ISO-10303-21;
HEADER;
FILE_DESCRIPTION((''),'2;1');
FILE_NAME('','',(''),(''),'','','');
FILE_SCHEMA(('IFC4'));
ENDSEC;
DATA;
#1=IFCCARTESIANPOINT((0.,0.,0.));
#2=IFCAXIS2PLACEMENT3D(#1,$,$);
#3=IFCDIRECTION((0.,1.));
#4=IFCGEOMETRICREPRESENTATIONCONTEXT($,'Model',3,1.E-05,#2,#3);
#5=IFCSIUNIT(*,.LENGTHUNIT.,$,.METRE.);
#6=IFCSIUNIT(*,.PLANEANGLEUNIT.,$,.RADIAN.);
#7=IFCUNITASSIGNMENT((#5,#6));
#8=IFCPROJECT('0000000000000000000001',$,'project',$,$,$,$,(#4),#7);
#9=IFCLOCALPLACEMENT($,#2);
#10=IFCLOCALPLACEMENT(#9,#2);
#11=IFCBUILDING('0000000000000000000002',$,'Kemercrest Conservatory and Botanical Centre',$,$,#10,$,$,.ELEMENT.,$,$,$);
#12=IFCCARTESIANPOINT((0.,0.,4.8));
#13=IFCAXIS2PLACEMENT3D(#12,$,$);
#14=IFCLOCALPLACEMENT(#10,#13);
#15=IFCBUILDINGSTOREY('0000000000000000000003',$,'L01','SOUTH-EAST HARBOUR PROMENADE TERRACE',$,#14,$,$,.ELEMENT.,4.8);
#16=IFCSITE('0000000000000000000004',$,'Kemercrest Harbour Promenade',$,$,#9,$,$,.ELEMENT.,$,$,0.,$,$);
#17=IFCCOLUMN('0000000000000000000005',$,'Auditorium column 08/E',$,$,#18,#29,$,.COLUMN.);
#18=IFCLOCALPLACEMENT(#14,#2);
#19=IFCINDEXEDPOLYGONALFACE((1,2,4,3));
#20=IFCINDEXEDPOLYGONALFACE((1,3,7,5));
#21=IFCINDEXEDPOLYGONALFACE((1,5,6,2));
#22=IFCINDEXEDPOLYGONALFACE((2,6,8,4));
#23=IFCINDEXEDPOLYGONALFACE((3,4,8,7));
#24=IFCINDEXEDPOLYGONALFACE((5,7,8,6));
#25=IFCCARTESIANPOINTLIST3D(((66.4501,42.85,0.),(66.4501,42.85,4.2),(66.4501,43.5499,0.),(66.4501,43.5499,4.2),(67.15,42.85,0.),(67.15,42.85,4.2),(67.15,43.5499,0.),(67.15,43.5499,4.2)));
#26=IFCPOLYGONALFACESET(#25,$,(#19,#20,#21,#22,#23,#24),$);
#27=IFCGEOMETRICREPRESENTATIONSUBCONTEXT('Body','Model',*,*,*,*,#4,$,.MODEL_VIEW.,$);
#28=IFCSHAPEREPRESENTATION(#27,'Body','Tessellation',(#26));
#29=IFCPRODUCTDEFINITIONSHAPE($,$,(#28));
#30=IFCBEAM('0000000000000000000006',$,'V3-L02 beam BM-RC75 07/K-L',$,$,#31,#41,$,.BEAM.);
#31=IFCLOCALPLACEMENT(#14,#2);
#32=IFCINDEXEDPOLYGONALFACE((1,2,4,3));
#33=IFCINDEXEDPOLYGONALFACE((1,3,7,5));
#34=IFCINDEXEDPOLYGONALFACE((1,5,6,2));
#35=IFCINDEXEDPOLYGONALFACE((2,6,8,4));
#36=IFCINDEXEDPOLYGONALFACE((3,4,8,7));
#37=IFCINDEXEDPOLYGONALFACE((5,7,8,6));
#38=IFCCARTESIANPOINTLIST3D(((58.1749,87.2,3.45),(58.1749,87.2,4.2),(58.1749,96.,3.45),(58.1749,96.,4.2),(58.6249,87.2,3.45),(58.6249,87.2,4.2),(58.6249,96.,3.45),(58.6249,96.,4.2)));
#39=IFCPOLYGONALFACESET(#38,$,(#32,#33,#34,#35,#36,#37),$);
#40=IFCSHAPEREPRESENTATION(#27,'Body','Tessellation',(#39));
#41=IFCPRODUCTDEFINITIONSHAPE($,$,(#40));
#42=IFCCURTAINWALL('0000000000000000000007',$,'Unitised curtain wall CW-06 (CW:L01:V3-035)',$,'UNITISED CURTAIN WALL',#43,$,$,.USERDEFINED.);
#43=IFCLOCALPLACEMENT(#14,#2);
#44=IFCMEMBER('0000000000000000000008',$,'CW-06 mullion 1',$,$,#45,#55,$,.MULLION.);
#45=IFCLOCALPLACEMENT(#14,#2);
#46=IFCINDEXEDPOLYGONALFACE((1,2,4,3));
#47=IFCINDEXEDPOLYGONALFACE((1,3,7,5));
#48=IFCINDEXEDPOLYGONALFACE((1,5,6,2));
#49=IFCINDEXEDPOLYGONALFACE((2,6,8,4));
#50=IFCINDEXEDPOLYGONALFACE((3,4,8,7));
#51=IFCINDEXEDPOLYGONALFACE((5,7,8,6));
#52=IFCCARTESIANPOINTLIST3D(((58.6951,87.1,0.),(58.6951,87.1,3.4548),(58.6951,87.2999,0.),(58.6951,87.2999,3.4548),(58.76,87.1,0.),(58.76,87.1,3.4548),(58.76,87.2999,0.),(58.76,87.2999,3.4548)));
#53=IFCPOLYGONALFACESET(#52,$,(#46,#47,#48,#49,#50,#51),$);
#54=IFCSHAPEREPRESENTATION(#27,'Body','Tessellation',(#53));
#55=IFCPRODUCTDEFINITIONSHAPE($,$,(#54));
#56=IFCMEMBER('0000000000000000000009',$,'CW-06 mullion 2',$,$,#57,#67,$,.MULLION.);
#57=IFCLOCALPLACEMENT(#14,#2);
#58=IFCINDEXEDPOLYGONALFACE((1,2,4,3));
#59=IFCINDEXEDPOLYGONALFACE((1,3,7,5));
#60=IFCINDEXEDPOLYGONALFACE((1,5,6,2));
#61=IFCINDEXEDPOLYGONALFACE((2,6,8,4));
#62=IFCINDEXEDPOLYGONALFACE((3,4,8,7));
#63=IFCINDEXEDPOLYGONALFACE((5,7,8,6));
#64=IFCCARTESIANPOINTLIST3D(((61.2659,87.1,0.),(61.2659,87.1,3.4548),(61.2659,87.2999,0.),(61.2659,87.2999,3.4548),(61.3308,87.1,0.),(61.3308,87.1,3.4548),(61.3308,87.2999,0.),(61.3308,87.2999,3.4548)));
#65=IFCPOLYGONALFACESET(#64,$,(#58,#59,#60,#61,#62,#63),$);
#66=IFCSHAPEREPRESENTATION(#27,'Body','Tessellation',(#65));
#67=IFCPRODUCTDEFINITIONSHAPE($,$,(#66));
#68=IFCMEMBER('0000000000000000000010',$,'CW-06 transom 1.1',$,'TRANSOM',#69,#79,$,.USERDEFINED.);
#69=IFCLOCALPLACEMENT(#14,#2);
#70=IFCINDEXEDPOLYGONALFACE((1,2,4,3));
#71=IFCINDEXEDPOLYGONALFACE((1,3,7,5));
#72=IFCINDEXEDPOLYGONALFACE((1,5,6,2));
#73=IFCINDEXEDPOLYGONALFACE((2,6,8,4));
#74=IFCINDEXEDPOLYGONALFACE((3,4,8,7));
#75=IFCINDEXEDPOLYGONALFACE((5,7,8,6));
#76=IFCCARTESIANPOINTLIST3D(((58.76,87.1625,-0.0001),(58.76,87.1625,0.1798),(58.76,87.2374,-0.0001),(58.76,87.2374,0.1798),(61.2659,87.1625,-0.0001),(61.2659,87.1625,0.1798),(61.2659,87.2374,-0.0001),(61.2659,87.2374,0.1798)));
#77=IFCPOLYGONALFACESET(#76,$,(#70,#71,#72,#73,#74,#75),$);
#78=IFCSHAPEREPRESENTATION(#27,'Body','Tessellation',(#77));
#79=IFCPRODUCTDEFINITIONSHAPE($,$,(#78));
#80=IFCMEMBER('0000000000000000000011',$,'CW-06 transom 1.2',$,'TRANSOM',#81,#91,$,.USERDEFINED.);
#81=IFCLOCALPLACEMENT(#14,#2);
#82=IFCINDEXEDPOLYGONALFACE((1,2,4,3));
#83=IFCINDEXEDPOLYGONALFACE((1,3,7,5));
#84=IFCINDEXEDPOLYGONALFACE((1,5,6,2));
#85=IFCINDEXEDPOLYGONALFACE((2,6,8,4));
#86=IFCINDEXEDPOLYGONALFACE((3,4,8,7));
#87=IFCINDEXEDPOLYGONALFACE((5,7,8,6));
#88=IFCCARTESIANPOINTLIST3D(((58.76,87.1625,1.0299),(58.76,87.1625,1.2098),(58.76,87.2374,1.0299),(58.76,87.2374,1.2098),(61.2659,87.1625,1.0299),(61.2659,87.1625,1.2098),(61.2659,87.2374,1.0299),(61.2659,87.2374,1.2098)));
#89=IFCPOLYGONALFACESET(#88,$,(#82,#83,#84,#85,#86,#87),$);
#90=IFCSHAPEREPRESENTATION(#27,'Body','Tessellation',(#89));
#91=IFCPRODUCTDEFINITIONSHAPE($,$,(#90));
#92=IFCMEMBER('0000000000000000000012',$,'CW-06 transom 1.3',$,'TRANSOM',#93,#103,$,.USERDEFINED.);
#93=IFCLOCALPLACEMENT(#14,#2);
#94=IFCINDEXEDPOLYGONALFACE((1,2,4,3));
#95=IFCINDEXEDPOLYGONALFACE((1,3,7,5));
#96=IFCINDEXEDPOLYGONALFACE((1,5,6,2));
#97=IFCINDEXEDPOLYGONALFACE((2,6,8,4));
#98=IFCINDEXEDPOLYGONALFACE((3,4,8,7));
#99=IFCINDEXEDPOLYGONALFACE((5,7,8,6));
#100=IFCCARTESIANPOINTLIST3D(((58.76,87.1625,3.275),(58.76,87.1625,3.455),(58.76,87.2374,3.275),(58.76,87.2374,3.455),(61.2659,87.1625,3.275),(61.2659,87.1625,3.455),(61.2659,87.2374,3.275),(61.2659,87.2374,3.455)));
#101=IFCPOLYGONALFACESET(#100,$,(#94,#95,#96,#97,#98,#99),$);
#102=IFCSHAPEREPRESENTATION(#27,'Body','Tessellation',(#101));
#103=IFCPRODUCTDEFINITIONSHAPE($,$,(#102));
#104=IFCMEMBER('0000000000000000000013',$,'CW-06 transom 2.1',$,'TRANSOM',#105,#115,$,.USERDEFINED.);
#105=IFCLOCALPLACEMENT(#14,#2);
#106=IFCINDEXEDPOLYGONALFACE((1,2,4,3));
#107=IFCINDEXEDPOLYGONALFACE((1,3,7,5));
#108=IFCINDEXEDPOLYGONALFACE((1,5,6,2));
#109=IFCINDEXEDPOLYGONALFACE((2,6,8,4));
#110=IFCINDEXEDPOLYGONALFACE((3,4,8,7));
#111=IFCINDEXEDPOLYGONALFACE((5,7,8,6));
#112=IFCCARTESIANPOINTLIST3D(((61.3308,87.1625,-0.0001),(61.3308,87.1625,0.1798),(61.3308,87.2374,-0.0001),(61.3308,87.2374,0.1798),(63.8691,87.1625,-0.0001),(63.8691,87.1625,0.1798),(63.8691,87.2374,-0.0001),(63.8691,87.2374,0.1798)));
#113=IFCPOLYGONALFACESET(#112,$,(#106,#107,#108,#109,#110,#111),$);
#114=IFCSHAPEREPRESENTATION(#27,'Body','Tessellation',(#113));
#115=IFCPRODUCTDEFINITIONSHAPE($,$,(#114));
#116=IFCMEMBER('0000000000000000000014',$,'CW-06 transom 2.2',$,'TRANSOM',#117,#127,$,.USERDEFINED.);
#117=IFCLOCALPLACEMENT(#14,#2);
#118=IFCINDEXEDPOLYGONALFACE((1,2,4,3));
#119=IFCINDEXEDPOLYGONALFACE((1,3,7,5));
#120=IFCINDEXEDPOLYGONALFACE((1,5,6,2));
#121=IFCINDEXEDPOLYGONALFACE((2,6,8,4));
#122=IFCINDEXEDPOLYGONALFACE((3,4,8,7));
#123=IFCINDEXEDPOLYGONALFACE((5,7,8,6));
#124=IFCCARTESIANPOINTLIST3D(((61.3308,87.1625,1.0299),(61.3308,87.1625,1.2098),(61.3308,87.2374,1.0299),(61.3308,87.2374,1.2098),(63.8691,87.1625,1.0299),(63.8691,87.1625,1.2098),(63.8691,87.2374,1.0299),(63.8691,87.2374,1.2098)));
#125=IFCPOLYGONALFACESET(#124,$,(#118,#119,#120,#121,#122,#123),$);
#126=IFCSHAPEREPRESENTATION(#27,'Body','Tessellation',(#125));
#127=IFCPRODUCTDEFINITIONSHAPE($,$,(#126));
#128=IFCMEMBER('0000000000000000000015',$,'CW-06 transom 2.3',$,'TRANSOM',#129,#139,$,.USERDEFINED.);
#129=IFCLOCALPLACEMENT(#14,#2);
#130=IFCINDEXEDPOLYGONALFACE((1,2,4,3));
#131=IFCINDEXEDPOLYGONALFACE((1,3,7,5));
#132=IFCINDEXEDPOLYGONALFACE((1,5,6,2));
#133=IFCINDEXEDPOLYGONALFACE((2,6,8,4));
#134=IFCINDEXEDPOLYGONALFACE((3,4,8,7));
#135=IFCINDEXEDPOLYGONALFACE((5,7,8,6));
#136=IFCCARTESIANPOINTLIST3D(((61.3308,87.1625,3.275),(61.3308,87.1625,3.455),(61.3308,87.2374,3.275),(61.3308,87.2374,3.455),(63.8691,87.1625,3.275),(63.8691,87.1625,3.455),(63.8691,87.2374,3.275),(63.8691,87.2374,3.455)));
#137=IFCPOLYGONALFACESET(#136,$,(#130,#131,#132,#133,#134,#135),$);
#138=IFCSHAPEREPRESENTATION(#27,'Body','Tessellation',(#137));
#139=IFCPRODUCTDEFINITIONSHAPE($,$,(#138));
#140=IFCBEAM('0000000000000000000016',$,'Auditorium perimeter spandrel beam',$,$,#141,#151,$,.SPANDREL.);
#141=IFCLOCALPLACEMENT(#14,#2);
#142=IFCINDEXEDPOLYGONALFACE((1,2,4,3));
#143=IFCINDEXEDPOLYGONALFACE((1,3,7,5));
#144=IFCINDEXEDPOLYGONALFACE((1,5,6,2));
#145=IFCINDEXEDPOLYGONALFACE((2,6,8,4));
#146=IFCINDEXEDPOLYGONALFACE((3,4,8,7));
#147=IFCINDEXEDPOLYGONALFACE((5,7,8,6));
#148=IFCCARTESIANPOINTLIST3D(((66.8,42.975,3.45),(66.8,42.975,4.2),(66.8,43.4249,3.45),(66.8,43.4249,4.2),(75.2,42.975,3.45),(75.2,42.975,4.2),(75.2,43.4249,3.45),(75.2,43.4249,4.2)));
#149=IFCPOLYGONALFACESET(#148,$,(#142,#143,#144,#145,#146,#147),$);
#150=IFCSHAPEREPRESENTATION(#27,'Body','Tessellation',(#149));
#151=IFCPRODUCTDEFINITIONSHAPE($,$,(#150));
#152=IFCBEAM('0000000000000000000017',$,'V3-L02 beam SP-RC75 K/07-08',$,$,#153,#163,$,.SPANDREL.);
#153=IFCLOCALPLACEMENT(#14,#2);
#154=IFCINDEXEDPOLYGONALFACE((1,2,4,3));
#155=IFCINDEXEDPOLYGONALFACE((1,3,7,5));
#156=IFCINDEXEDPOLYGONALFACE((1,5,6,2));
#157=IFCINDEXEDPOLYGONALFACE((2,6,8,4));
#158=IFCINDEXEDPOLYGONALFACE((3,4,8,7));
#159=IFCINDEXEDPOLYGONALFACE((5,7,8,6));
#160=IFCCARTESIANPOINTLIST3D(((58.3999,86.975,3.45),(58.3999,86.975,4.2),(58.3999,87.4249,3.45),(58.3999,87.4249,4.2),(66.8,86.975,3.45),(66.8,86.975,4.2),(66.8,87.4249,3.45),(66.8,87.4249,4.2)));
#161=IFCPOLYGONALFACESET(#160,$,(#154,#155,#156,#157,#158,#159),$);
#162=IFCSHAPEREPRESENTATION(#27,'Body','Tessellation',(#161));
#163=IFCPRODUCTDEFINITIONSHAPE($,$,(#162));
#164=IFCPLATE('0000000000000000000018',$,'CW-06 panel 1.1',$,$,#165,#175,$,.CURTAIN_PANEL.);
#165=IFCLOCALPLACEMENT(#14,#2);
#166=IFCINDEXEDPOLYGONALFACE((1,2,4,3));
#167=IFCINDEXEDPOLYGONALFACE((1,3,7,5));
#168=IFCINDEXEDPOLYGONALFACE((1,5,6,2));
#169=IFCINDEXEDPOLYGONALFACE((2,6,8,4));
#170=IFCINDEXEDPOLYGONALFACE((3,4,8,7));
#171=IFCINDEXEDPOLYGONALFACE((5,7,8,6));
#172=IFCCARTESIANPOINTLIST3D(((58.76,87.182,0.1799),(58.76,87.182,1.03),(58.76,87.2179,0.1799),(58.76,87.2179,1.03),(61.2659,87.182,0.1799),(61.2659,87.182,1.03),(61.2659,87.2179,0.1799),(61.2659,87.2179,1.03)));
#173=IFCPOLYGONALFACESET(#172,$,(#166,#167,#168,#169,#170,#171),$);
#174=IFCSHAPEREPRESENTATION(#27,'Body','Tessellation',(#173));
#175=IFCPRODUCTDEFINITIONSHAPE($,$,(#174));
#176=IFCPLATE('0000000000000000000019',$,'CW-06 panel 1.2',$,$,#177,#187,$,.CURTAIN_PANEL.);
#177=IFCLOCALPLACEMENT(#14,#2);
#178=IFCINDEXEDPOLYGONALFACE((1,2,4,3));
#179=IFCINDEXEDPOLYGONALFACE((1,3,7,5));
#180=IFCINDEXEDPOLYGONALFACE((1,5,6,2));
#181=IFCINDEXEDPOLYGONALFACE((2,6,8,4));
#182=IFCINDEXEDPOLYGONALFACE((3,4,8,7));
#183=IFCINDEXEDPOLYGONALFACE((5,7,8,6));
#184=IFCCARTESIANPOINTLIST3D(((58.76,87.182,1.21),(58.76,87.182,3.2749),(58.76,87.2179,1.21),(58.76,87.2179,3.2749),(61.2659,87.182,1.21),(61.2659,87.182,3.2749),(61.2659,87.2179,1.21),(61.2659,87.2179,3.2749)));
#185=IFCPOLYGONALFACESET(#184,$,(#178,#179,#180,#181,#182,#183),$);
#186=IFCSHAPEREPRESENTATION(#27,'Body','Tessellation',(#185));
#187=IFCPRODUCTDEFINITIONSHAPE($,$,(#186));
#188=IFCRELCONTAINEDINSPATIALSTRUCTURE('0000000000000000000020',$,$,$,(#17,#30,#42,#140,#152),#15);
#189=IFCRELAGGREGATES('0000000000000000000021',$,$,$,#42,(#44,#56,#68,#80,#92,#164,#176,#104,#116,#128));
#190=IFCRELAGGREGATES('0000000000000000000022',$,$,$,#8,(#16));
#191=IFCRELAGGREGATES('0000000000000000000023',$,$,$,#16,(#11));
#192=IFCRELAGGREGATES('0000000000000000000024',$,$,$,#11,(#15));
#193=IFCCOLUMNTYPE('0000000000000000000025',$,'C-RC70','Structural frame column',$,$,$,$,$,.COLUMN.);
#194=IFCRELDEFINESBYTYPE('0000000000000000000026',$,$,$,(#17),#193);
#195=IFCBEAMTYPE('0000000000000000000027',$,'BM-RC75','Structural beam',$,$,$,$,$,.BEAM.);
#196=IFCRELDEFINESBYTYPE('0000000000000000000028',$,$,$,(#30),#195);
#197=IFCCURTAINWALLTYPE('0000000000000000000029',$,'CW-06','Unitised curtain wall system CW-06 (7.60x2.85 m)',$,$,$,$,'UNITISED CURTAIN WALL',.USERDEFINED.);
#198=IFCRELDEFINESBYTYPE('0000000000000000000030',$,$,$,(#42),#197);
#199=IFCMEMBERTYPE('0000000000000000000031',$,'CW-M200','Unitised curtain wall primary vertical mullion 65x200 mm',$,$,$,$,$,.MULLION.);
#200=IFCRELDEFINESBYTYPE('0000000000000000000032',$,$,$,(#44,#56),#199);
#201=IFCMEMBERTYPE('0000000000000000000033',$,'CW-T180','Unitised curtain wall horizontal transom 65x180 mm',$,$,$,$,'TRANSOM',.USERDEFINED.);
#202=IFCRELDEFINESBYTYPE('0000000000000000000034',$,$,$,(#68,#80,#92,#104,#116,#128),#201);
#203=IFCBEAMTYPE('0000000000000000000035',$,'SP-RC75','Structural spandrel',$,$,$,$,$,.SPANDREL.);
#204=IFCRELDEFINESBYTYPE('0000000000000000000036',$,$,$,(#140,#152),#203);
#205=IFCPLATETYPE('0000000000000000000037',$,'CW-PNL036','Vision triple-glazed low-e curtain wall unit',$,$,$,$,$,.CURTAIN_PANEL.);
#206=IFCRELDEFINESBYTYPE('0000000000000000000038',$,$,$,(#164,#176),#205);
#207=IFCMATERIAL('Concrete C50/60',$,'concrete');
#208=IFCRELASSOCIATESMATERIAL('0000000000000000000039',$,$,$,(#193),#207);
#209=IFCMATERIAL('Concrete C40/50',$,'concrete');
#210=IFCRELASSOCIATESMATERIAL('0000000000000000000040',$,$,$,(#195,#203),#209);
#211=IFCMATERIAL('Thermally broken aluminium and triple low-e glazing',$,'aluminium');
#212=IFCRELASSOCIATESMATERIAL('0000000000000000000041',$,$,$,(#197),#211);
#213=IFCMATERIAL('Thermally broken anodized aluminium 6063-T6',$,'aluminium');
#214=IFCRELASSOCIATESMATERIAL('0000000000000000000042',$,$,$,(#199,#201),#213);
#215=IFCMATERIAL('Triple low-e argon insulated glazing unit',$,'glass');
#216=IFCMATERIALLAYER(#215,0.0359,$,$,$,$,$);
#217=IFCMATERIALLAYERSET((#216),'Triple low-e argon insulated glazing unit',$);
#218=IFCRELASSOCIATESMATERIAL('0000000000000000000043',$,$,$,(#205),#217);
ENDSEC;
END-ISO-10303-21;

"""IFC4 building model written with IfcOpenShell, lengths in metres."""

from ifc_helpers import new_model, si_unit, direction, frame, origin, origin_2d, place, context, subcontext, project, spatial, rectangle, extrude, material, layer, layer_set, material_profile, profile_set, type_object, element, aggregate, save


model = new_model("IFC4")

# Units and contexts
model_context = context("Model", 3, precision=1e-05, world=origin(), true_north=direction((0.0, 1.0)))
body_context = subcontext(model_context, "Body", "Model", "MODEL_VIEW")
ifc_project = project(units=[si_unit("LENGTHUNIT", "METRE"), si_unit("PLANEANGLEUNIT", "RADIAN")], contexts=[model_context])

# Site, building, storey
site_placement = place(None, origin())
site = spatial("IfcSite", under=ifc_project, at=site_placement, Name="Kemercrest Harbour Promenade", CompositionType="ELEMENT", RefElevation=0.0)
building_placement = place(site_placement, origin())
building = spatial("IfcBuilding", under=site, at=building_placement, Name="Kemercrest Conservatory and Botanical Centre", CompositionType="ELEMENT")
storey_placement = place(building_placement, frame((0.0, 0.0, 4.8)))
storey = spatial("IfcBuildingStorey", under=building, at=storey_placement, Name="L01", Description="SOUTH-EAST HARBOUR PROMENADE TERRACE", CompositionType="ELEMENT", Elevation=4.8)

# Column
ifc_material_1 = material(Name="Concrete C50/60", Category="concrete")
ifc_material_profile_1 = material_profile(ifc_material_1, rectangle(XDim=0.7, YDim=0.7, at=origin_2d()), Name="RC 700x700")
ifc_profile_set_1 = profile_set([ifc_material_profile_1], Name="Concrete C50/60")
column_type = type_object("IfcColumnType", Name="C-RC70", Description="Structural frame column", PredefinedType="COLUMN", material=ifc_profile_set_1)
column_placement = place(storey_placement, frame((66.8, 43.2, 0.0), z_axis=(0.0, 0.0, 1.0), x_axis=(1.0, 0.0, 0.0)))
element("IfcColumn", 1, at=column_placement, inside=storey, type_object=column_type, Name="Auditorium column 08/E", PredefinedType="COLUMN", context=body_context, shape_type="SweptSolid", body=[
    extrude(rectangle(XDim=0.7, YDim=0.7, at=origin_2d()), origin(), (0.0, 0.0, 1.0), 4.2),
])

# Beam
ifc_material_2 = material(Name="Concrete C40/50", Category="concrete")
ifc_material_profile_2 = material_profile(ifc_material_2, rectangle(XDim=0.45, YDim=0.75, at=origin_2d()), Name="RC 450x750")
ifc_profile_set_2 = profile_set([ifc_material_profile_2], Name="Concrete C40/50")
beam_type_1 = type_object("IfcBeamType", Name="BM-RC75", Description="Structural beam", PredefinedType="BEAM", material=ifc_profile_set_2)
beam_1_placement = place(storey_placement, frame((58.3999, 87.2, 3.825), z_axis=(0.0, 1.0, 0.0), x_axis=(-1.0, 0.0, 0.0)))
element("IfcBeam", 2, at=beam_1_placement, inside=storey, type_object=beam_type_1, Name="V3-L02 beam BM-RC75 07/K-L", PredefinedType="BEAM", context=body_context, shape_type="SweptSolid", body=[
    extrude(rectangle(XDim=0.45, YDim=0.75, at=origin_2d()), origin(), (0.0, 0.0, 1.0), 8.8),
])

# Curtain wall, members
ifc_material_3 = material(Name="Thermally broken aluminium and triple low-e glazing", Category="aluminium")
curtain_wall_type = type_object("IfcCurtainWallType", Name="CW-06", Description="Unitised curtain wall system CW-06 (7.60x2.85 m)", ElementType="UNITISED CURTAIN WALL", PredefinedType="USERDEFINED", material=ifc_material_3)
curtain_wall_placement = place(storey_placement, origin())
curtain_wall = element("IfcCurtainWall", 3, at=curtain_wall_placement, inside=storey, type_object=curtain_wall_type, Name="Unitised curtain wall CW-06 (CW:L01:V3-035)", ObjectType="UNITISED CURTAIN WALL", PredefinedType="USERDEFINED")
ifc_material_4 = material(Name="Thermally broken anodized aluminium 6063-T6", Category="aluminium")
ifc_material_profile_3 = material_profile(ifc_material_4, rectangle(XDim=0.2, YDim=0.0649, at=origin_2d()), Name="AL MULLION 65x200")
ifc_profile_set_3 = profile_set([ifc_material_profile_3], Name="Thermally broken anodized aluminium 6063-T6")
member_type_1 = type_object("IfcMemberType", Name="CW-M200", Description="Unitised curtain wall primary vertical mullion 65x200 mm", PredefinedType="MULLION", material=ifc_profile_set_3)
member_1_placement = place(storey_placement, frame((58.7275, 87.2, 0.0), z_axis=(0.0, 0.0, 1.0), x_axis=(0.0, 1.0, 0.0)))
member_1 = element("IfcMember", 4, at=member_1_placement, type_object=member_type_1, Name="CW-06 mullion 1", PredefinedType="MULLION", context=body_context, shape_type="SweptSolid", body=[
    extrude(rectangle(XDim=0.2, YDim=0.0649, at=origin_2d()), origin(), (0.0, 0.0, 1.0), 3.4548),
])
member_2_placement = place(storey_placement, frame((61.2983, 87.2, 0.0), z_axis=(0.0, 0.0, 1.0), x_axis=(0.0, 1.0, 0.0)))
member_2 = element("IfcMember", 5, at=member_2_placement, type_object=member_type_1, Name="CW-06 mullion 2", PredefinedType="MULLION", context=body_context, shape_type="SweptSolid", body=[
    extrude(rectangle(XDim=0.2, YDim=0.0649, at=origin_2d()), origin(), (0.0, 0.0, 1.0), 3.4548),
])
ifc_material_profile_4 = material_profile(ifc_material_4, rectangle(XDim=0.075, YDim=0.1799, at=origin_2d()), Name="AL TRANSOM 75x180")
ifc_profile_set_4 = profile_set([ifc_material_profile_4], Name="Thermally broken anodized aluminium 6063-T6")
member_type_2 = type_object("IfcMemberType", Name="CW-T180", Description="Unitised curtain wall horizontal transom 65x180 mm", ElementType="TRANSOM", PredefinedType="USERDEFINED", material=ifc_profile_set_4)
member_3_placement = place(storey_placement, frame((58.76, 87.2, 0.0898), z_axis=(1.0, 0.0, 0.0), x_axis=(0.0, 1.0, 0.0)))
member_3 = element("IfcMember", 6, at=member_3_placement, type_object=member_type_2, Name="CW-06 transom 1.1", ObjectType="TRANSOM", PredefinedType="USERDEFINED", context=body_context, shape_type="SweptSolid", body=[
    extrude(rectangle(XDim=0.075, YDim=0.1799, at=origin_2d()), origin(), (0.0, 0.0, 1.0), 2.5059),
])
member_4_placement = place(storey_placement, frame((58.76, 87.2, 1.1199), z_axis=(1.0, 0.0, 0.0), x_axis=(0.0, 1.0, 0.0)))
member_4 = element("IfcMember", 7, at=member_4_placement, type_object=member_type_2, Name="CW-06 transom 1.2", ObjectType="TRANSOM", PredefinedType="USERDEFINED", context=body_context, shape_type="SweptSolid", body=[
    extrude(rectangle(XDim=0.075, YDim=0.1799, at=origin_2d()), origin(), (0.0, 0.0, 1.0), 2.5059),
])
member_5_placement = place(storey_placement, frame((58.76, 87.2, 3.365), z_axis=(1.0, 0.0, 0.0), x_axis=(0.0, 1.0, 0.0)))
member_5 = element("IfcMember", 8, at=member_5_placement, type_object=member_type_2, Name="CW-06 transom 1.3", ObjectType="TRANSOM", PredefinedType="USERDEFINED", context=body_context, shape_type="SweptSolid", body=[
    extrude(rectangle(XDim=0.075, YDim=0.1799, at=origin_2d()), origin(), (0.0, 0.0, 1.0), 2.5059),
])
member_6_placement = place(storey_placement, frame((61.3308, 87.2, 0.0898), z_axis=(1.0, 0.0, 0.0), x_axis=(0.0, 1.0, 0.0)))
member_6 = element("IfcMember", 9, at=member_6_placement, type_object=member_type_2, Name="CW-06 transom 2.1", ObjectType="TRANSOM", PredefinedType="USERDEFINED", context=body_context, shape_type="SweptSolid", body=[
    extrude(rectangle(XDim=0.075, YDim=0.1799, at=origin_2d()), origin(), (0.0, 0.0, 1.0), 2.5383),
])
member_7_placement = place(storey_placement, frame((61.3308, 87.2, 1.1199), z_axis=(1.0, 0.0, 0.0), x_axis=(0.0, 1.0, 0.0)))
member_7 = element("IfcMember", 10, at=member_7_placement, type_object=member_type_2, Name="CW-06 transom 2.2", ObjectType="TRANSOM", PredefinedType="USERDEFINED", context=body_context, shape_type="SweptSolid", body=[
    extrude(rectangle(XDim=0.075, YDim=0.1799, at=origin_2d()), origin(), (0.0, 0.0, 1.0), 2.5383),
])
member_8_placement = place(storey_placement, frame((61.3308, 87.2, 3.365), z_axis=(1.0, 0.0, 0.0), x_axis=(0.0, 1.0, 0.0)))
member_8 = element("IfcMember", 11, at=member_8_placement, type_object=member_type_2, Name="CW-06 transom 2.3", ObjectType="TRANSOM", PredefinedType="USERDEFINED", context=body_context, shape_type="SweptSolid", body=[
    extrude(rectangle(XDim=0.075, YDim=0.1799, at=origin_2d()), origin(), (0.0, 0.0, 1.0), 2.5383),
])

# Beams
ifc_material_profile_5 = material_profile(ifc_material_2, rectangle(XDim=0.45, YDim=0.75, at=origin_2d()), Name="RC 450x750")
ifc_profile_set_5 = profile_set([ifc_material_profile_5], Name="Concrete C40/50")
beam_type_2 = type_object("IfcBeamType", Name="SP-RC75", Description="Structural spandrel", PredefinedType="SPANDREL", material=ifc_profile_set_5)
beam_2_placement = place(storey_placement, frame((66.8, 43.2, 3.825), z_axis=(1.0, 0.0, 0.0), x_axis=(0.0, 1.0, 0.0)))
element("IfcBeam", 12, at=beam_2_placement, inside=storey, type_object=beam_type_2, Name="Auditorium perimeter spandrel beam", PredefinedType="SPANDREL", context=body_context, shape_type="SweptSolid", body=[
    extrude(rectangle(XDim=0.45, YDim=0.75, at=origin_2d()), origin(), (0.0, 0.0, 1.0), 8.3999),
])
beam_3_placement = place(storey_placement, frame((58.3999, 87.2, 3.825), z_axis=(1.0, 0.0, 0.0), x_axis=(0.0, 1.0, 0.0)))
element("IfcBeam", 13, at=beam_3_placement, inside=storey, type_object=beam_type_2, Name="V3-L02 beam SP-RC75 K/07-08", PredefinedType="SPANDREL", context=body_context, shape_type="SweptSolid", body=[
    extrude(rectangle(XDim=0.45, YDim=0.75, at=origin_2d()), origin(), (0.0, 0.0, 1.0), 8.4001),
])

# Plates
ifc_material_5 = material(Name="Triple low-e argon insulated glazing unit", Category="glass")
ifc_layer_1 = layer(ifc_material_5, 0.0359)
ifc_layer_set_1 = layer_set([ifc_layer_1], Name="Triple low-e argon insulated glazing unit")
plate_type = type_object("IfcPlateType", Name="CW-PNL036", Description="Vision triple-glazed low-e curtain wall unit", PredefinedType="CURTAIN_PANEL", material=ifc_layer_set_1)
plate_1_placement = place(storey_placement, frame((60.0129, 87.2, 0.1799), z_axis=(0.0, 0.0, 1.0), x_axis=(1.0, 0.0, 0.0)))
plate_1 = element("IfcPlate", 14, at=plate_1_placement, type_object=plate_type, Name="CW-06 panel 1.1", PredefinedType="CURTAIN_PANEL", context=body_context, shape_type="SweptSolid", body=[
    extrude(rectangle(XDim=2.5059, YDim=0.0359, at=origin_2d()), origin(), (0.0, 0.0, 1.0), 0.8501),
])
plate_2_placement = place(storey_placement, frame((60.0129, 87.2, 1.21), z_axis=(0.0, 0.0, 1.0), x_axis=(1.0, 0.0, 0.0)))
plate_2 = element("IfcPlate", 15, at=plate_2_placement, type_object=plate_type, Name="CW-06 panel 1.2", PredefinedType="CURTAIN_PANEL", context=body_context, shape_type="SweptSolid", body=[
    extrude(rectangle(XDim=2.5059, YDim=0.0359, at=origin_2d()), origin(), (0.0, 0.0, 1.0), 2.0649),
])
aggregate(curtain_wall, [member_1, member_2, member_3, member_4, member_5, plate_1, plate_2, member_6, member_7, member_8])

save(model, "model.ifc")
